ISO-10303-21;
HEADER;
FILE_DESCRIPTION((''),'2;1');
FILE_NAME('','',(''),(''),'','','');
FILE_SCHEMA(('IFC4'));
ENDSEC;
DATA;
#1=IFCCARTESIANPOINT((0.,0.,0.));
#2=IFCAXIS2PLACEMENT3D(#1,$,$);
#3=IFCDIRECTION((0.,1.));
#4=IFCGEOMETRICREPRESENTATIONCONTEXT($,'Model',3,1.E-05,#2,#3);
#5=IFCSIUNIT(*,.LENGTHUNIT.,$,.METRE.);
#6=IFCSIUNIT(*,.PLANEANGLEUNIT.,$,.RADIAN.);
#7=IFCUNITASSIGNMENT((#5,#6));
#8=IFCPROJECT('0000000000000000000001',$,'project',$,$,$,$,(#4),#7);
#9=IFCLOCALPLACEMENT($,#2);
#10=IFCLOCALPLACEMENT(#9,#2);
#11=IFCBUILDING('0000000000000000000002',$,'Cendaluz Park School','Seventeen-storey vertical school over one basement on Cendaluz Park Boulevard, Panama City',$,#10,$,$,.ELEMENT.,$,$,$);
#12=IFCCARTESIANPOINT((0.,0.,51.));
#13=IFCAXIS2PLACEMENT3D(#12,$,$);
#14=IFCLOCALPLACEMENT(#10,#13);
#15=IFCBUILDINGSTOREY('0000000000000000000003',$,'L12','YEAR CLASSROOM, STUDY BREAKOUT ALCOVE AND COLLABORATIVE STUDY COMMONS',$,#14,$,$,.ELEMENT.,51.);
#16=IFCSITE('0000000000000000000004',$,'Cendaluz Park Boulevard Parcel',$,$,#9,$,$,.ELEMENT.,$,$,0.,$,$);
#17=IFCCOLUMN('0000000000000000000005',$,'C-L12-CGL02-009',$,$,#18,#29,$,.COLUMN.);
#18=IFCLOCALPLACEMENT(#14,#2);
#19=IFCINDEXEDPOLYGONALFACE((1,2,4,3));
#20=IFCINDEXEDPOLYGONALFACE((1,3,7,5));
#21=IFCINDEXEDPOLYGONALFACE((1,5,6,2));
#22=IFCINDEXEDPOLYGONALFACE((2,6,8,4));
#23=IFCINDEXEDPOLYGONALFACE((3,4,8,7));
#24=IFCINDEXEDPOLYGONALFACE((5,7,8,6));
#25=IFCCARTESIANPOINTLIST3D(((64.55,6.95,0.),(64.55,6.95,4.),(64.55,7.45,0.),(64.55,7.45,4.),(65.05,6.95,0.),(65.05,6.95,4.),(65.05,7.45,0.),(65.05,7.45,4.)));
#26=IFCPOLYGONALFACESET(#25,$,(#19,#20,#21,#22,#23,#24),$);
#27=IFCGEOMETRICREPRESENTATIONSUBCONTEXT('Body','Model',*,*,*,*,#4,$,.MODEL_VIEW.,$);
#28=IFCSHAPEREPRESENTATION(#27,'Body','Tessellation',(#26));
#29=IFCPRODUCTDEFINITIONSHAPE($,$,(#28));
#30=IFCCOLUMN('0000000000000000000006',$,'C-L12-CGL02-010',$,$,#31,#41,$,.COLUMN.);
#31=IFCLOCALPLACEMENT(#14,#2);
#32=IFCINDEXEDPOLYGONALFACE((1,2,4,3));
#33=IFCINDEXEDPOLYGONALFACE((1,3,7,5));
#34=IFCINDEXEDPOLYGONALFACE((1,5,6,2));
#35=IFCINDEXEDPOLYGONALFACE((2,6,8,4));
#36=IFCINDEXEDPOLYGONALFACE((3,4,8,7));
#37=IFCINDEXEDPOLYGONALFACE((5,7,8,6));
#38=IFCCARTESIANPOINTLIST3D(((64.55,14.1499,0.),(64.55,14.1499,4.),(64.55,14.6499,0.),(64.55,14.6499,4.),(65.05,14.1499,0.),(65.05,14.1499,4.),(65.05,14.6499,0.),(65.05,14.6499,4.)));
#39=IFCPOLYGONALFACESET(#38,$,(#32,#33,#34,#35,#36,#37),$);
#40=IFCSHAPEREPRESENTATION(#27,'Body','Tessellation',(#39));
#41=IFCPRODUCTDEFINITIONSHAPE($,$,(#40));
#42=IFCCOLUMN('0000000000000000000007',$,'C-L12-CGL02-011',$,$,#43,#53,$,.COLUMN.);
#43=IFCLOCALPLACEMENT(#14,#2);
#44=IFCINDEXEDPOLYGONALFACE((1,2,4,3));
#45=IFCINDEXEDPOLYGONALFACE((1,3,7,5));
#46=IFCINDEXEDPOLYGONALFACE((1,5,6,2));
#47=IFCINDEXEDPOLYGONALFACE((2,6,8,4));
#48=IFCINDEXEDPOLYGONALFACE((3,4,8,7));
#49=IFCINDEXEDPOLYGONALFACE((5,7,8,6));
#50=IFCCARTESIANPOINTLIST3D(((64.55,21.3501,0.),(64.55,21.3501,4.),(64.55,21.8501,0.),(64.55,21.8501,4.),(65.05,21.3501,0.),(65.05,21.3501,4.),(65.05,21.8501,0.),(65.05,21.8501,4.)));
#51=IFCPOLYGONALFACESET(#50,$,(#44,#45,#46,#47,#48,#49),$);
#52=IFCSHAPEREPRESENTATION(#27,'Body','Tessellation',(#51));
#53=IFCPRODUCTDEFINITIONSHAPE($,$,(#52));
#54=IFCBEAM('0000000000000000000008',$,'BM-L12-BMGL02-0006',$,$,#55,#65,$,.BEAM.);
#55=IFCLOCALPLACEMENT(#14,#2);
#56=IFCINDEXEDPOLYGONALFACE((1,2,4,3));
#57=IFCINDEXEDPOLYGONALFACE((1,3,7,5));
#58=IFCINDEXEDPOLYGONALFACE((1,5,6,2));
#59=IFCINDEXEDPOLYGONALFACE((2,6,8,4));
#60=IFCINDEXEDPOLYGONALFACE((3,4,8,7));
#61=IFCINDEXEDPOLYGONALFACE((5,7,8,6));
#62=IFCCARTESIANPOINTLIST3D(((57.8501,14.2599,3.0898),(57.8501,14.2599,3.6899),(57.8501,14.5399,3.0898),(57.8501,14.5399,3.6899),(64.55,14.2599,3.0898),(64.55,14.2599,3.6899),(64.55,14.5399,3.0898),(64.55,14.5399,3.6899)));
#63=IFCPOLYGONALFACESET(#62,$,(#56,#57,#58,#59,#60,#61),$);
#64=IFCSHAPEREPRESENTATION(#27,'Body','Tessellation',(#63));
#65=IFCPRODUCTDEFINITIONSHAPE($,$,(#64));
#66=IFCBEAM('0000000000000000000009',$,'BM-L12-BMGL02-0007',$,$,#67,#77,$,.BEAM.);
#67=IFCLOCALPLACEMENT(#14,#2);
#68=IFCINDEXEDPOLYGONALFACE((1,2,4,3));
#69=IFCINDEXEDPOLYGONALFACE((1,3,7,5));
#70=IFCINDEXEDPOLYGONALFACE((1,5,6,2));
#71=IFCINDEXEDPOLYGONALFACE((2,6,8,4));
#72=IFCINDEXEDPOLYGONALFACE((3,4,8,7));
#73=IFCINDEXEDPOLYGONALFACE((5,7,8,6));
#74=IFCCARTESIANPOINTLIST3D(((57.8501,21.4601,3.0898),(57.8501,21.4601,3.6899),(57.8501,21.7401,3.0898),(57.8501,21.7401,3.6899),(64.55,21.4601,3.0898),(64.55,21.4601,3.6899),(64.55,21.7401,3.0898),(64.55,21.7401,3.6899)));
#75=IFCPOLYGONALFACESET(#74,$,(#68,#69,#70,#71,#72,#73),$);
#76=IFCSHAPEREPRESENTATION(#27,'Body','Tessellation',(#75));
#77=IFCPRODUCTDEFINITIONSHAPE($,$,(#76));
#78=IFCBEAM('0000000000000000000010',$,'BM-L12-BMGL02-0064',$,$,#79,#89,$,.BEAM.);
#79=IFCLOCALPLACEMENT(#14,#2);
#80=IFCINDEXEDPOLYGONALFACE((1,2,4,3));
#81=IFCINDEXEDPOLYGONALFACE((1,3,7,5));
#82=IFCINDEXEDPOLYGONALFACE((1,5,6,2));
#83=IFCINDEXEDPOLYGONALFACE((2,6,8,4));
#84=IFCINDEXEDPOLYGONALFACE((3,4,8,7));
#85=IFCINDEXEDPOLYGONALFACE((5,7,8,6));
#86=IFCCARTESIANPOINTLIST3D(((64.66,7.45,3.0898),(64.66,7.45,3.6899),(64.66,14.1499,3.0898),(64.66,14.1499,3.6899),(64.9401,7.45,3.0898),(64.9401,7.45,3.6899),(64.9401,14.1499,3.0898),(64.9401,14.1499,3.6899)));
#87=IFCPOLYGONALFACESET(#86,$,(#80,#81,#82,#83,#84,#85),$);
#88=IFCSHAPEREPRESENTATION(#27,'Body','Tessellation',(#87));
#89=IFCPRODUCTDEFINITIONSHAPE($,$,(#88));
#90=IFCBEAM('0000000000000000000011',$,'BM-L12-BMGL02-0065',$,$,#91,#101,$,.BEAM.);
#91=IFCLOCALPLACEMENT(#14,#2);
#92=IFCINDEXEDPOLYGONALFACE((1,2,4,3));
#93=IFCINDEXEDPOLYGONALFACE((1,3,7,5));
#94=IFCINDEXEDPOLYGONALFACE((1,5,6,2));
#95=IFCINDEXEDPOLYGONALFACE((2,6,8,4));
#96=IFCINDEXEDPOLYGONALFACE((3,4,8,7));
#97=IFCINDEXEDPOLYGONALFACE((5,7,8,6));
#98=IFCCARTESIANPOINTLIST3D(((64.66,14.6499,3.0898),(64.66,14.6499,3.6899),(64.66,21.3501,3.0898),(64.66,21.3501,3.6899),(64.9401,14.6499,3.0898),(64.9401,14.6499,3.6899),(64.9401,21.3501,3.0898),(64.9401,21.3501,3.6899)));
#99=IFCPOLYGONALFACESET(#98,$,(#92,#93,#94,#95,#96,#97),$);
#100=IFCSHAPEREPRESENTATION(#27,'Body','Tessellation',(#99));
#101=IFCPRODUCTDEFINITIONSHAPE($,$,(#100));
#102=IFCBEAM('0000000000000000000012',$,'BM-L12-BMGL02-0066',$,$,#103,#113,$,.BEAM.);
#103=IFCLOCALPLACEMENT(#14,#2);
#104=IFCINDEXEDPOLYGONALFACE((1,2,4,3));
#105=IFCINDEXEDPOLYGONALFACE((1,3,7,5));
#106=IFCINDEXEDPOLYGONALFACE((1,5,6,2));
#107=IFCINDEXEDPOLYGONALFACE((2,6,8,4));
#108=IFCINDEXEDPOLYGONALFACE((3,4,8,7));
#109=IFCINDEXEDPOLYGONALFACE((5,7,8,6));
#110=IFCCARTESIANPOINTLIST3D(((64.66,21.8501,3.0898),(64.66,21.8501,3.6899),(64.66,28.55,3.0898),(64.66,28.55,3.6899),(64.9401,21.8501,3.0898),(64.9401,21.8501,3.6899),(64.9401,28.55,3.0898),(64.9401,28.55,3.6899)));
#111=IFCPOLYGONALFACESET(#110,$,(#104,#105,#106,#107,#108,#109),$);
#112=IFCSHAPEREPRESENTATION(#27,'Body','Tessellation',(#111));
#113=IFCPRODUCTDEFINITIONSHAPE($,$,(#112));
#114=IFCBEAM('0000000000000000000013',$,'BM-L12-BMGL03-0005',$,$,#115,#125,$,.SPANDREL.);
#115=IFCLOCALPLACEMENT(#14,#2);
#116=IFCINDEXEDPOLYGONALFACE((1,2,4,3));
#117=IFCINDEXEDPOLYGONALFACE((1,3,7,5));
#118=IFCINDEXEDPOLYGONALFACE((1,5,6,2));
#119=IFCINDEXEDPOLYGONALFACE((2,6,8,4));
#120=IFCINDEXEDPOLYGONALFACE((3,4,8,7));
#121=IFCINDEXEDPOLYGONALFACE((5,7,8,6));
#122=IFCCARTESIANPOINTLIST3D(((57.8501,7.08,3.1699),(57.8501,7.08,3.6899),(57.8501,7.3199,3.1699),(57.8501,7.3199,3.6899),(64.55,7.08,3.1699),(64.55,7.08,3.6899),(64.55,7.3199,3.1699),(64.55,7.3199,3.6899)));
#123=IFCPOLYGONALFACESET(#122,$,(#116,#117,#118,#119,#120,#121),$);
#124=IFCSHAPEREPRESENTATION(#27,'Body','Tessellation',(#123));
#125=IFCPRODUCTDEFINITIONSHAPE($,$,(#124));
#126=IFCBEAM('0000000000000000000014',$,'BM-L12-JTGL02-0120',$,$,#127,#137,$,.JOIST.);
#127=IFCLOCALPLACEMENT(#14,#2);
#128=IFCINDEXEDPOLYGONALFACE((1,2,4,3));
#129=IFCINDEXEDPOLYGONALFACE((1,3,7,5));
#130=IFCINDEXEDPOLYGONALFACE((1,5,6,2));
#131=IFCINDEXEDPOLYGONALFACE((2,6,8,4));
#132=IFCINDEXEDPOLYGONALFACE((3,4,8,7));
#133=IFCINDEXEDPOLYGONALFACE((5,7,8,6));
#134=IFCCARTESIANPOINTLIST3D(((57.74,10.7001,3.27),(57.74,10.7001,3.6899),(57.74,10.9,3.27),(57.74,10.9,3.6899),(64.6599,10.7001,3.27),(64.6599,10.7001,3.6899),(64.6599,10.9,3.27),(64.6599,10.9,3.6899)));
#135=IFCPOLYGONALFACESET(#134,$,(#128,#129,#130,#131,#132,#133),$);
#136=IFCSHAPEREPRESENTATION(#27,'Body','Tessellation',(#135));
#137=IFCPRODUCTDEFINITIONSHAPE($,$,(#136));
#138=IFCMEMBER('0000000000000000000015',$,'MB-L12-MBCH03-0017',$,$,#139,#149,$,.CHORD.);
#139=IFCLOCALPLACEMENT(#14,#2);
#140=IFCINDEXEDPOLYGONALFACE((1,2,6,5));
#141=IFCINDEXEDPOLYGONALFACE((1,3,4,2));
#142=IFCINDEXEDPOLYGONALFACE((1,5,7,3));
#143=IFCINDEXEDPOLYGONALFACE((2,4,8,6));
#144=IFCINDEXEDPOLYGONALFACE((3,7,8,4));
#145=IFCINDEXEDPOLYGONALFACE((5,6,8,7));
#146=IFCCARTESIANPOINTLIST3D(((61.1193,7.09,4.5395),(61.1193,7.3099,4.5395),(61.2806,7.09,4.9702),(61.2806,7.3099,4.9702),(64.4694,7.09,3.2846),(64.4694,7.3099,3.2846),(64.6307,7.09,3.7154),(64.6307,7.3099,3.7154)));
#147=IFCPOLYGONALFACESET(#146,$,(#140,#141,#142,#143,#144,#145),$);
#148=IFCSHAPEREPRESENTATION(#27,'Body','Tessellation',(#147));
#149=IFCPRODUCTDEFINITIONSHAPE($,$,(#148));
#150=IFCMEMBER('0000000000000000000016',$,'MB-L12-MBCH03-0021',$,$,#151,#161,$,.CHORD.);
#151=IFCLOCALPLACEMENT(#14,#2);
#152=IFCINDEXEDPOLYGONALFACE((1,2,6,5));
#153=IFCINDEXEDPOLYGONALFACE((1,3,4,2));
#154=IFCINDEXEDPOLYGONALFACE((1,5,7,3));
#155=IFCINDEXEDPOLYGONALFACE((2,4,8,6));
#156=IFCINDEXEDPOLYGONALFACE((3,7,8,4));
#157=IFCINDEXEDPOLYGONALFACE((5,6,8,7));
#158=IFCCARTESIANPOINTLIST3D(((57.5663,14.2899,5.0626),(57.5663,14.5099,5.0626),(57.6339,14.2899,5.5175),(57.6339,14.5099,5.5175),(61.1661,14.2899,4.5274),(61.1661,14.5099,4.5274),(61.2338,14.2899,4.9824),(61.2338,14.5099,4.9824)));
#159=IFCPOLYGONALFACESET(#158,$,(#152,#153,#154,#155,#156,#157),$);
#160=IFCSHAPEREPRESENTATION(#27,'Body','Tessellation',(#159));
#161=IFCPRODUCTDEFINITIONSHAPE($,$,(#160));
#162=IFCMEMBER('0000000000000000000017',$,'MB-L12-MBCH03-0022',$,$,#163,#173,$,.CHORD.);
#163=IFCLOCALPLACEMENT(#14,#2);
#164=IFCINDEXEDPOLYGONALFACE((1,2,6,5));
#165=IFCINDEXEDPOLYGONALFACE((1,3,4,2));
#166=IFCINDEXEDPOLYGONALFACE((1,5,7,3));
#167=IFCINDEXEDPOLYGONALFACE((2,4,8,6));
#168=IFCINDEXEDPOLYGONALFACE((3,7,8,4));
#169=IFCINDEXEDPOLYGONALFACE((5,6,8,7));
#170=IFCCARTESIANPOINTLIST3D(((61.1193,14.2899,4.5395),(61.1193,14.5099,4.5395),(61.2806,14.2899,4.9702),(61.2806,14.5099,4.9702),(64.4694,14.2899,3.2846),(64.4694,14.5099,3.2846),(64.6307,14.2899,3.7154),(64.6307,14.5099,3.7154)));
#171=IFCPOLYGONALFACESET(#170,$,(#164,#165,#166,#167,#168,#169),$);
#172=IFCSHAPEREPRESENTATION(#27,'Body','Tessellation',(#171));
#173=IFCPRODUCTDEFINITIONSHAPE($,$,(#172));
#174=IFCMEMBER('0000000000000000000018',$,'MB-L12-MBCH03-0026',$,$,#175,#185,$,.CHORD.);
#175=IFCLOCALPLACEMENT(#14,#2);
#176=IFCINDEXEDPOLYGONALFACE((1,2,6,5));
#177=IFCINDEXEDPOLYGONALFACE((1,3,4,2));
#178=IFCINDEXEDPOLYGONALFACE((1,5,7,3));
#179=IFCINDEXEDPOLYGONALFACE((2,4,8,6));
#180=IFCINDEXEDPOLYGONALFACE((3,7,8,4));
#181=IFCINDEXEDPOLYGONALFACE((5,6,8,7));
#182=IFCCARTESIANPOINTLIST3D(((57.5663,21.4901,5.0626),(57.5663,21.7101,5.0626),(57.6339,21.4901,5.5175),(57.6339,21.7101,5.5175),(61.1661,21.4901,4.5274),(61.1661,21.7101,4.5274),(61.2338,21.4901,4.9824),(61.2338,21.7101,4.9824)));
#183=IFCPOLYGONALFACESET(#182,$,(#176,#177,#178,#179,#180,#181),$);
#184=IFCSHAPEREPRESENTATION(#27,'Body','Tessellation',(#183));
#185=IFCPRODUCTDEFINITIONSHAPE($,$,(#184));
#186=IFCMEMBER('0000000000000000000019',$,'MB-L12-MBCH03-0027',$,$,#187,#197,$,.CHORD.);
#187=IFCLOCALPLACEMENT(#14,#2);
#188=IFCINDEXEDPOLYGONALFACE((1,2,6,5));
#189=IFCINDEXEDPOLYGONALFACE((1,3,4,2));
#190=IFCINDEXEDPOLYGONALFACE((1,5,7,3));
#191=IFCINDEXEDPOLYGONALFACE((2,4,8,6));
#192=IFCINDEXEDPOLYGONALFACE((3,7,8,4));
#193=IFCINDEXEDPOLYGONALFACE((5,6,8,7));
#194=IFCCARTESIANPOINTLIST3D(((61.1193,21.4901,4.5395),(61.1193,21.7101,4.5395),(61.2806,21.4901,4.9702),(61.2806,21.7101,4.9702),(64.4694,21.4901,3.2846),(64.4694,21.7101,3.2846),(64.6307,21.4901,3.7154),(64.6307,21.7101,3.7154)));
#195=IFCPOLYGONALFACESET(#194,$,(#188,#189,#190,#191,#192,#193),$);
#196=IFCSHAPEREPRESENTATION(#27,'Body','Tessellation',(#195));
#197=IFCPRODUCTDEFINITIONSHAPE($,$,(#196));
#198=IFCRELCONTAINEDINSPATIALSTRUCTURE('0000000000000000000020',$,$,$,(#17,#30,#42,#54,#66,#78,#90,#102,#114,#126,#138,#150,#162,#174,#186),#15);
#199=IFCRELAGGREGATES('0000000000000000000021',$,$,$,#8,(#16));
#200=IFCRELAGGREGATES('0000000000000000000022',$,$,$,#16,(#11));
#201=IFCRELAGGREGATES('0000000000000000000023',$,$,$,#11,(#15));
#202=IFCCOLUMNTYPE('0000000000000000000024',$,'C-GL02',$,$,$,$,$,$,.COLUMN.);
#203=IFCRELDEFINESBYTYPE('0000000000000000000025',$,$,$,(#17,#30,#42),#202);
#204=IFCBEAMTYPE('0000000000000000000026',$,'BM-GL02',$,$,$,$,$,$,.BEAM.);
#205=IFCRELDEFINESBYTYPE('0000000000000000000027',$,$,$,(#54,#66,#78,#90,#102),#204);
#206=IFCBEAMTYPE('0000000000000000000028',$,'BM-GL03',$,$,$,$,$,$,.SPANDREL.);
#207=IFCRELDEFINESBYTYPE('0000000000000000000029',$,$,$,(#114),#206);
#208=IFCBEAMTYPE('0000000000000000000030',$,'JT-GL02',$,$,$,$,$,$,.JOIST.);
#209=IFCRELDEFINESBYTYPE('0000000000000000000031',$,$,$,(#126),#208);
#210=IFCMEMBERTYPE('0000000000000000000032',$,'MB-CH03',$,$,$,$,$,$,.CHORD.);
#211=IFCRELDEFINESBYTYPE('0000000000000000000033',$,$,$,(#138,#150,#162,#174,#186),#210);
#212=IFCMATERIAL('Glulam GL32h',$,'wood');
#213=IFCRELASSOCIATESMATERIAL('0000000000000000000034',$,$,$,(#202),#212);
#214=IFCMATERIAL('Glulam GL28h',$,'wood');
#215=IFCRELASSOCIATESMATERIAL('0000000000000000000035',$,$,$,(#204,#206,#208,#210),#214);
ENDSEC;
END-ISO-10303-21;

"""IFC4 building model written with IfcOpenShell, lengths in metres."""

from ifc_helpers import new_model, si_unit, direction, frame, origin, origin_2d, place, context, subcontext, project, spatial, rectangle, extrude, material, material_profile, profile_set, type_object, element, save


model = new_model("IFC4")

# Units and contexts
model_context = context("Model", 3, precision=1e-05, world=origin(), true_north=direction((0.0, 1.0)))
body_context = subcontext(model_context, "Body", "Model", "MODEL_VIEW")
ifc_project = project(units=[si_unit("LENGTHUNIT", "METRE"), si_unit("PLANEANGLEUNIT", "RADIAN")], contexts=[model_context])

# Site, building, storey
site_placement = place(None, origin())
site = spatial("IfcSite", under=ifc_project, at=site_placement, Name="Cendaluz Park Boulevard Parcel", CompositionType="ELEMENT", RefElevation=0.0)
building_placement = place(site_placement, origin())
building = spatial("IfcBuilding", under=site, at=building_placement, Name="Cendaluz Park School", Description="Seventeen-storey vertical school over one basement on Cendaluz Park Boulevard, Panama City", CompositionType="ELEMENT")
storey_placement = place(building_placement, frame((0.0, 0.0, 51.0)))
storey = spatial("IfcBuildingStorey", under=building, at=storey_placement, Name="L12", Description="YEAR CLASSROOM, STUDY BREAKOUT ALCOVE AND COLLABORATIVE STUDY COMMONS", CompositionType="ELEMENT", Elevation=51.0)

# Columns
ifc_material_1 = material(Name="Glulam GL32h", Category="wood")
ifc_material_profile_1 = material_profile(ifc_material_1, rectangle(XDim=0.5, YDim=0.5, at=origin_2d()), Name="GL32h 500x500", Category="wood")
ifc_profile_set_1 = profile_set([ifc_material_profile_1], Name="Glulam GL32h")
column_type = type_object("IfcColumnType", Name="C-GL02", PredefinedType="COLUMN", material=ifc_profile_set_1)
for number, where, z_axis, x_axis, name in (
    (1, (64.8, 7.2, 0.0), (0.0, 0.0, 1.0), (1.0, 0.0, 0.0), "C-L12-CGL02-009"),
    (2, (64.8, 14.3999, 0.0), (0.0, 0.0, 1.0), (1.0, 0.0, 0.0), "C-L12-CGL02-010"),
    (3, (64.8, 21.6001, 0.0), (0.0, 0.0, 1.0), (1.0, 0.0, 0.0), "C-L12-CGL02-011"),
):
    element("IfcColumn", number, at=place(storey_placement, frame(where, z_axis=z_axis, x_axis=x_axis)), inside=storey, type_object=column_type, Name=name, PredefinedType="COLUMN", context=body_context, shape_type="SweptSolid", body=[
        extrude(rectangle(XDim=0.5, YDim=0.5, at=origin_2d()), origin(), (0.0, 0.0, 1.0), 4.0),
    ])

# Beams
ifc_material_2 = material(Name="Glulam GL28h", Category="wood")
ifc_material_profile_2 = material_profile(ifc_material_2, rectangle(XDim=0.28, YDim=0.6001, at=origin_2d()), Name="GL28h 280x600", Category="wood")
ifc_profile_set_2 = profile_set([ifc_material_profile_2], Name="Glulam GL28h")
beam_type_1 = type_object("IfcBeamType", Name="BM-GL02", PredefinedType="BEAM", material=ifc_profile_set_2)
for number, where, z_axis, x_axis, name in (
    (4, (57.8501, 14.3999, 3.3899), (1.0, 0.0, 0.0), (0.0, 1.0, 0.0), "BM-L12-BMGL02-0006"),
    (5, (57.8501, 21.6001, 3.3899), (1.0, 0.0, 0.0), (0.0, 1.0, 0.0), "BM-L12-BMGL02-0007"),
    (6, (64.8, 7.45, 3.3899), (0.0, 1.0, 0.0), (-1.0, 0.0, 0.0), "BM-L12-BMGL02-0064"),
):
    element("IfcBeam", number, at=place(storey_placement, frame(where, z_axis=z_axis, x_axis=x_axis)), inside=storey, type_object=beam_type_1, Name=name, PredefinedType="BEAM", context=body_context, shape_type="SweptSolid", body=[
        extrude(rectangle(XDim=0.28, YDim=0.6001, at=origin_2d()), origin(), (0.0, 0.0, 1.0), 6.7),
    ])
beam_1_placement = place(storey_placement, frame((64.8, 14.6499, 3.3899), z_axis=(0.0, 1.0, 0.0), x_axis=(-1.0, 0.0, 0.0)))
element("IfcBeam", 7, at=beam_1_placement, inside=storey, type_object=beam_type_1, Name="BM-L12-BMGL02-0065", PredefinedType="BEAM", context=body_context, shape_type="SweptSolid", body=[
    extrude(rectangle(XDim=0.28, YDim=0.6001, at=origin_2d()), origin(), (0.0, 0.0, 1.0), 6.7002),
])
beam_2_placement = place(storey_placement, frame((64.8, 21.8501, 3.3899), z_axis=(0.0, 1.0, 0.0), x_axis=(-1.0, 0.0, 0.0)))
element("IfcBeam", 8, at=beam_2_placement, inside=storey, type_object=beam_type_1, Name="BM-L12-BMGL02-0066", PredefinedType="BEAM", context=body_context, shape_type="SweptSolid", body=[
    extrude(rectangle(XDim=0.28, YDim=0.6001, at=origin_2d()), origin(), (0.0, 0.0, 1.0), 6.7),
])
ifc_material_profile_3 = material_profile(ifc_material_2, rectangle(XDim=0.24, YDim=0.52, at=origin_2d()), Name="GL28h 240x520", Category="wood")
ifc_profile_set_3 = profile_set([ifc_material_profile_3], Name="Glulam GL28h")
beam_type_2 = type_object("IfcBeamType", Name="BM-GL03", PredefinedType="SPANDREL", material=ifc_profile_set_3)
beam_3_placement = place(storey_placement, frame((57.8501, 7.2, 3.4299), z_axis=(1.0, 0.0, 0.0), x_axis=(0.0, 1.0, 0.0)))
element("IfcBeam", 9, at=beam_3_placement, inside=storey, type_object=beam_type_2, Name="BM-L12-BMGL03-0005", PredefinedType="SPANDREL", context=body_context, shape_type="SweptSolid", body=[
    extrude(rectangle(XDim=0.24, YDim=0.52, at=origin_2d()), origin(), (0.0, 0.0, 1.0), 6.7),
])
ifc_material_profile_4 = material_profile(ifc_material_2, rectangle(XDim=0.2, YDim=0.4199, at=origin_2d()), Name="GL28h 200x420", Category="wood")
ifc_profile_set_4 = profile_set([ifc_material_profile_4], Name="Glulam GL28h")
beam_type_3 = type_object("IfcBeamType", Name="JT-GL02", PredefinedType="JOIST", material=ifc_profile_set_4)
beam_4_placement = place(storey_placement, frame((57.74, 10.8, 3.48), z_axis=(1.0, 0.0, 0.0), x_axis=(0.0, 1.0, 0.0)))
element("IfcBeam", 10, at=beam_4_placement, inside=storey, type_object=beam_type_3, Name="BM-L12-JTGL02-0120", PredefinedType="JOIST", context=body_context, shape_type="SweptSolid", body=[
    extrude(rectangle(XDim=0.2, YDim=0.4199, at=origin_2d()), origin(), (0.0, 0.0, 1.0), 6.9199),
])

# Members
ifc_material_profile_5 = material_profile(ifc_material_2, rectangle(XDim=0.22, YDim=0.46, at=origin_2d()), Name="GL28h 220x460", Category="wood")
ifc_profile_set_5 = profile_set([ifc_material_profile_5], Name="Glulam GL28h")
member_type_1 = type_object("IfcMemberType", Name="MB-CH03", PredefinedType="CHORD", material=ifc_profile_set_5)
member_1_placement = place(storey_placement, frame((61.2, 7.2, 4.7549), z_axis=(0.936458, 0.0, -0.350779), x_axis=(0.0, 1.0, 0.0)))
element("IfcMember", 11, at=member_1_placement, inside=storey, type_object=member_type_1, Name="MB-L12-MBCH03-0017", PredefinedType="CHORD", context=body_context, shape_type="SweptSolid", body=[
    extrude(rectangle(XDim=0.22, YDim=0.46, at=origin_2d()), origin(), (0.0, 0.0, 1.0), 3.5774),
])
member_2_placement = place(storey_placement, frame((57.6001, 14.3999, 5.29), z_axis=(0.98913, 0.0, -0.147045), x_axis=(0.0, 1.0, 0.0)))
element("IfcMember", 12, at=member_2_placement, inside=storey, type_object=member_type_1, Name="MB-L12-MBCH03-0021", PredefinedType="CHORD", context=body_context, shape_type="SweptSolid", body=[
    extrude(rectangle(XDim=0.22, YDim=0.46, at=origin_2d()), origin(), (0.0, 0.0, 1.0), 3.6394),
])
member_3_placement = place(storey_placement, frame((61.2, 14.3999, 4.7549), z_axis=(0.936458, 0.0, -0.350779), x_axis=(0.0, 1.0, 0.0)))
element("IfcMember", 13, at=member_3_placement, inside=storey, type_object=member_type_1, Name="MB-L12-MBCH03-0022", PredefinedType="CHORD", context=body_context, shape_type="SweptSolid", body=[
    extrude(rectangle(XDim=0.22, YDim=0.46, at=origin_2d()), origin(), (0.0, 0.0, 1.0), 3.5774),
])
member_4_placement = place(storey_placement, frame((57.6001, 21.6001, 5.29), z_axis=(0.98913, 0.0, -0.147045), x_axis=(0.0, 1.0, 0.0)))
element("IfcMember", 14, at=member_4_placement, inside=storey, type_object=member_type_1, Name="MB-L12-MBCH03-0026", PredefinedType="CHORD", context=body_context, shape_type="SweptSolid", body=[
    extrude(rectangle(XDim=0.22, YDim=0.46, at=origin_2d()), origin(), (0.0, 0.0, 1.0), 3.6394),
])
member_5_placement = place(storey_placement, frame((61.2, 21.6001, 4.7549), z_axis=(0.936458, 0.0, -0.350779), x_axis=(0.0, 1.0, 0.0)))
element("IfcMember", 15, at=member_5_placement, inside=storey, type_object=member_type_1, Name="MB-L12-MBCH03-0027", PredefinedType="CHORD", context=body_context, shape_type="SweptSolid", body=[
    extrude(rectangle(XDim=0.22, YDim=0.46, at=origin_2d()), origin(), (0.0, 0.0, 1.0), 3.5774),
])

save(model, "model.ifc")
